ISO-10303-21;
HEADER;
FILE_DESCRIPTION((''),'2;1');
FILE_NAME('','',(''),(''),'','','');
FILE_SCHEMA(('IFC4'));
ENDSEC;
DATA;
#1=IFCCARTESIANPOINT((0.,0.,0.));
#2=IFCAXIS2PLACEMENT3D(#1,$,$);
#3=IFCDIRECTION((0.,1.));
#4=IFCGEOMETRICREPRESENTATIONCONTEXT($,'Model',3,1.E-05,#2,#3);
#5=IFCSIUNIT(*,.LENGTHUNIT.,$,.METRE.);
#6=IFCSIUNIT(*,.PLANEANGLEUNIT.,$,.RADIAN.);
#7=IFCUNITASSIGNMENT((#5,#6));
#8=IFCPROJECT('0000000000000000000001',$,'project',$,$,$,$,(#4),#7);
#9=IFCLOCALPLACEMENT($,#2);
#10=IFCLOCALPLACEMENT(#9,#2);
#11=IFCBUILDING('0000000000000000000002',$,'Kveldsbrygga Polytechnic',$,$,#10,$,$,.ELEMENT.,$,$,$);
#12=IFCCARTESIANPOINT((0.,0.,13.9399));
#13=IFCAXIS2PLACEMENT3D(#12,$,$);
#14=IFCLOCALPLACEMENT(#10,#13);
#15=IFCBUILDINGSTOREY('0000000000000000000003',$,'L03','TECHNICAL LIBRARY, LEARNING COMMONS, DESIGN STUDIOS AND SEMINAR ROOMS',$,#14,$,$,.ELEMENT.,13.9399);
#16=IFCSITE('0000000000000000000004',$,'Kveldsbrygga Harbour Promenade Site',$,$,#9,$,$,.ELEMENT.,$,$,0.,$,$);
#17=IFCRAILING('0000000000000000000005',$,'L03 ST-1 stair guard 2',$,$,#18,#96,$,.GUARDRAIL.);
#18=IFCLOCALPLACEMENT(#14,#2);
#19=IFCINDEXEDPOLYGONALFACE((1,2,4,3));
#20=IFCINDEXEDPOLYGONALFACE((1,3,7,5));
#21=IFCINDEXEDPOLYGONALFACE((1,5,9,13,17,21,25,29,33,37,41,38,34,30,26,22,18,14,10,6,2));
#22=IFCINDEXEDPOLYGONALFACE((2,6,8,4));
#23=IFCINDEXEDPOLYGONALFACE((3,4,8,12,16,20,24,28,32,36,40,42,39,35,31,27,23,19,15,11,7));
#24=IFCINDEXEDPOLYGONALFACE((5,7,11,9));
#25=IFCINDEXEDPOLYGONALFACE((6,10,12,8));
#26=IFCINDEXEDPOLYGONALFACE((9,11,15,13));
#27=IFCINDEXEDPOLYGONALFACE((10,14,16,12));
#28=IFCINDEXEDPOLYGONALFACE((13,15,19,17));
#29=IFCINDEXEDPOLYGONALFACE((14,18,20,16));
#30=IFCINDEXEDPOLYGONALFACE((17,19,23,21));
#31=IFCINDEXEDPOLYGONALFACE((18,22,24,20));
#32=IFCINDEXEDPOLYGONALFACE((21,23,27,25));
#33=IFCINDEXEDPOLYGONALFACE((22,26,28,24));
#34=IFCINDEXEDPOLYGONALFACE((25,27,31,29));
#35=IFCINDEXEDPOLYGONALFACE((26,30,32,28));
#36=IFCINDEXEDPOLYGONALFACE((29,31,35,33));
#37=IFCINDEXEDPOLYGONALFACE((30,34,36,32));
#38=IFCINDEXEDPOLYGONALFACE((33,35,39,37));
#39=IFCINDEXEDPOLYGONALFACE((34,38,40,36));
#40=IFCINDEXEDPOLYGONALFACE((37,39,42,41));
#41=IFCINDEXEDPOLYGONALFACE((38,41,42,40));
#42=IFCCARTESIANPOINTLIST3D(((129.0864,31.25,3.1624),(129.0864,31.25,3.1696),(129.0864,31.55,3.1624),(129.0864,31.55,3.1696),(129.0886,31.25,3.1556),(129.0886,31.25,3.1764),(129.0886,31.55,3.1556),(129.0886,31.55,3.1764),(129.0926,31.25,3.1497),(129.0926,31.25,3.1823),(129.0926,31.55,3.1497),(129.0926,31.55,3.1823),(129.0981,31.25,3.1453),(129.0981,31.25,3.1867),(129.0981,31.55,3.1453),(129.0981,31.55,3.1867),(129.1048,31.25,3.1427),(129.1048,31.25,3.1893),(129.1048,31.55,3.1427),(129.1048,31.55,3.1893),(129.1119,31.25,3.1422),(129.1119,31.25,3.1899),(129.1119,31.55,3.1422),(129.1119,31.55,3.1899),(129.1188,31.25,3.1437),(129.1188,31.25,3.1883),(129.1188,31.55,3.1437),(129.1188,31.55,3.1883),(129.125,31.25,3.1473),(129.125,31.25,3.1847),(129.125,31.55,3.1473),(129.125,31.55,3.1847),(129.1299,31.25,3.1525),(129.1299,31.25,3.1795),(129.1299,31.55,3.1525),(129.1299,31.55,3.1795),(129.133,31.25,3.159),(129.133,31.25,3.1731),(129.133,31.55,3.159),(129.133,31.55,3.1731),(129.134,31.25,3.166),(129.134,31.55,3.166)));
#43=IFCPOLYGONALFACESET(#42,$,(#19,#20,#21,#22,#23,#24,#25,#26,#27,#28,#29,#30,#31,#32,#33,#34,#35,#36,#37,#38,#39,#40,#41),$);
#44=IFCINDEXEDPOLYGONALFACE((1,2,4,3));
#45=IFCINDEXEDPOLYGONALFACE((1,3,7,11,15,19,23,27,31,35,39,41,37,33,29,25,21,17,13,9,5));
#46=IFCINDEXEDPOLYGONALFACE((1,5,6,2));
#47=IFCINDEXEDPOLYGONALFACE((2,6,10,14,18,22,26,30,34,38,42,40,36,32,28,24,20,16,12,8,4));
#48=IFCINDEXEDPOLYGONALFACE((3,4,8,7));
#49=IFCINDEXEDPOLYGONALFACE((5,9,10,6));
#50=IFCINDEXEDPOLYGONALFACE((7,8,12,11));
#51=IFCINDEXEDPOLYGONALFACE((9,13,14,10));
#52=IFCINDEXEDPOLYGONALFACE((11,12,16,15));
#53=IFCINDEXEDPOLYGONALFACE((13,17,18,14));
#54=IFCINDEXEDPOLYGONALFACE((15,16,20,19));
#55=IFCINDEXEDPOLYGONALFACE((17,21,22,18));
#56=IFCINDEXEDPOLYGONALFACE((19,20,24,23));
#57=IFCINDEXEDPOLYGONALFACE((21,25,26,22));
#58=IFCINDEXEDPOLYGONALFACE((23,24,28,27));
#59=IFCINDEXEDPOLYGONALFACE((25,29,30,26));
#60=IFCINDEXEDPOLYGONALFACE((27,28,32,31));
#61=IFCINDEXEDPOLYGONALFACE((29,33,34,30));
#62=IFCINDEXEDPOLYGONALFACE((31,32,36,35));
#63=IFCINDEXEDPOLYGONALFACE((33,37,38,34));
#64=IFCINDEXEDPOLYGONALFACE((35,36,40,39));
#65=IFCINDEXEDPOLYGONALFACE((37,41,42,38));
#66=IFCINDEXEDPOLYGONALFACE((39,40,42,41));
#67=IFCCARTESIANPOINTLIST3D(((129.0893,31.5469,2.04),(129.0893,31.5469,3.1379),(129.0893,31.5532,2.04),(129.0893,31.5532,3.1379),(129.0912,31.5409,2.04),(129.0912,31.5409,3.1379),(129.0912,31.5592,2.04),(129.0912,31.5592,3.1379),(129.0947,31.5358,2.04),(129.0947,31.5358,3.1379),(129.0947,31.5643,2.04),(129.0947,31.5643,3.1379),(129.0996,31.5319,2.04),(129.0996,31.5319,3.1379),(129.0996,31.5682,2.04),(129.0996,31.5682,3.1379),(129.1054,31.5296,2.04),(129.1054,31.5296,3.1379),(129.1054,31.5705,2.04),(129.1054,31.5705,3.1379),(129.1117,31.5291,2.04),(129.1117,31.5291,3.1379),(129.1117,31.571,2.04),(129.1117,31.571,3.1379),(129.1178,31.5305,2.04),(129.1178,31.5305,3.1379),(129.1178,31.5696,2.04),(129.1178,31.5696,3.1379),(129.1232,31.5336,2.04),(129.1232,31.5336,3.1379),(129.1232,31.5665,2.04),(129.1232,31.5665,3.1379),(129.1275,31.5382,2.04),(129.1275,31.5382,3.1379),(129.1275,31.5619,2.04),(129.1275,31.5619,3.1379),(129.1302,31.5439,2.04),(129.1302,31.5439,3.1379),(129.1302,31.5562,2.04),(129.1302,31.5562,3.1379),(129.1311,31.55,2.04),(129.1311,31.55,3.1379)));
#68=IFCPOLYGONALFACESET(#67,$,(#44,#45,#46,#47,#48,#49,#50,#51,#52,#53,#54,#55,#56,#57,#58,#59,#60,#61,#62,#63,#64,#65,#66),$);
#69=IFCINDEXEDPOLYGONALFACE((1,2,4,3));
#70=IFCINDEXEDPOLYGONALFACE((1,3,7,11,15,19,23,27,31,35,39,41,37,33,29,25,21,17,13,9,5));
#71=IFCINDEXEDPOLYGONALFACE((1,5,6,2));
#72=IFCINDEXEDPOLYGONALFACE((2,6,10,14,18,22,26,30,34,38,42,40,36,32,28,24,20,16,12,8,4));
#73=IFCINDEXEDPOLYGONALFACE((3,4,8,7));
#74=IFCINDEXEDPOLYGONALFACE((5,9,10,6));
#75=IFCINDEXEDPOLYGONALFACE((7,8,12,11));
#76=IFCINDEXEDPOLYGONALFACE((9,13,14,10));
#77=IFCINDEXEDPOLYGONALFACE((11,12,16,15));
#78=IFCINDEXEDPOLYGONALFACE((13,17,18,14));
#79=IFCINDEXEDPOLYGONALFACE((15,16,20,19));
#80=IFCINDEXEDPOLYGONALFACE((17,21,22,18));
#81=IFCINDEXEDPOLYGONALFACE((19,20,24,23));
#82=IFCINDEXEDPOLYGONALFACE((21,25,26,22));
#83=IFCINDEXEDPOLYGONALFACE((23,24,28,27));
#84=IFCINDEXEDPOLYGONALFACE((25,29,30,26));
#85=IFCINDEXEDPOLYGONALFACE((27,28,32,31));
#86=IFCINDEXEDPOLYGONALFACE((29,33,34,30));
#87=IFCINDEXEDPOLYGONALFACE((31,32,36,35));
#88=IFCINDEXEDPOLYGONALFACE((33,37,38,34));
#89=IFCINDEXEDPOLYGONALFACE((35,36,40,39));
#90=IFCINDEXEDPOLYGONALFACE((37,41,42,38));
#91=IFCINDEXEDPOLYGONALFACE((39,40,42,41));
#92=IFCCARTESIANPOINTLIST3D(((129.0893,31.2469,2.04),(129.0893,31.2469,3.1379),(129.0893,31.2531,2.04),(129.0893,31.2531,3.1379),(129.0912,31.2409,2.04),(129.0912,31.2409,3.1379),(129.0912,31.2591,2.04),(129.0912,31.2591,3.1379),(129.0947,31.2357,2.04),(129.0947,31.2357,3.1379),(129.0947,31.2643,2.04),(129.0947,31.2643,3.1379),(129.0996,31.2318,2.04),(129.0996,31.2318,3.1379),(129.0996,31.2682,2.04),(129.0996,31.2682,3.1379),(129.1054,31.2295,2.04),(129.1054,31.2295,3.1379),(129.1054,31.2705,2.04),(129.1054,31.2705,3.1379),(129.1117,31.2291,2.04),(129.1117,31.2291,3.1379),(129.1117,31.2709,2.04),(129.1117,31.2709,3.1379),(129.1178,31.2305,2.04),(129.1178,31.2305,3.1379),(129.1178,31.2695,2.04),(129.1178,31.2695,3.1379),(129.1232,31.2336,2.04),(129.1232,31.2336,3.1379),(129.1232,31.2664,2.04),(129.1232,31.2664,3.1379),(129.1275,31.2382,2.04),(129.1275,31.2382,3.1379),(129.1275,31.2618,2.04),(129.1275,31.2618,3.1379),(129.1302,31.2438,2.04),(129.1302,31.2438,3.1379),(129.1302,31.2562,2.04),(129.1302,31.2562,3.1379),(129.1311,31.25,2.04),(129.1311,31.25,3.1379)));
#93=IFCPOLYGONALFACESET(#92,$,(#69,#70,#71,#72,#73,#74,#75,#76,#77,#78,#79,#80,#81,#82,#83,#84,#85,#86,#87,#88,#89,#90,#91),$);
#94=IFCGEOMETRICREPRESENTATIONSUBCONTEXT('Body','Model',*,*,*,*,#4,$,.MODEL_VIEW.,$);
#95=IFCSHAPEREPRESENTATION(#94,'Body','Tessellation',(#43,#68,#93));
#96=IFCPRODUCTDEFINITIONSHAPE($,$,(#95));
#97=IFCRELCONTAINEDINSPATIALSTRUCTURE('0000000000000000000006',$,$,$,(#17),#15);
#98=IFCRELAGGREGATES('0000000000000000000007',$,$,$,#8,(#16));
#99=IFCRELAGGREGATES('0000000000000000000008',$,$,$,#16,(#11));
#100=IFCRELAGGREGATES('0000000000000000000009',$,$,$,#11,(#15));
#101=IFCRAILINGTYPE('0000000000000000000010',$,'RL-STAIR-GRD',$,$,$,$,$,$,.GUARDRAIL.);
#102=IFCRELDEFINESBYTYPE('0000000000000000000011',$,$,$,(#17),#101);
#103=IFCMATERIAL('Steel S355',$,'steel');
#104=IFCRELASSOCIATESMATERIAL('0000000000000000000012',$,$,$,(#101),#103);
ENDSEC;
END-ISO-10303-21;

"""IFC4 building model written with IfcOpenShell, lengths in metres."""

from ifc_helpers import new_model, si_unit, direction, frame, origin, origin_2d, place, context, subcontext, project, spatial, circle, extrude, material, type_object, element, save


model = new_model("IFC4")

# Units and contexts
model_context = context("Model", 3, precision=1e-05, world=origin(), true_north=direction((0.0, 1.0)))
body_context = subcontext(model_context, "Body", "Model", "MODEL_VIEW")
ifc_project = project(units=[si_unit("LENGTHUNIT", "METRE"), si_unit("PLANEANGLEUNIT", "RADIAN")], contexts=[model_context])

# Site, building, storey
site_placement = place(None, origin())
site = spatial("IfcSite", under=ifc_project, at=site_placement, Name="Kveldsbrygga Harbour Promenade Site", CompositionType="ELEMENT", RefElevation=0.0)
building_placement = place(site_placement, origin())
building = spatial("IfcBuilding", under=site, at=building_placement, Name="Kveldsbrygga Polytechnic", CompositionType="ELEMENT")
storey_placement = place(building_placement, frame((0.0, 0.0, 13.9399)))
storey = spatial("IfcBuildingStorey", under=building, at=storey_placement, Name="L03", Description="TECHNICAL LIBRARY, LEARNING COMMONS, DESIGN STUDIOS AND SEMINAR ROOMS", CompositionType="ELEMENT", Elevation=13.9399)

# Railing
ifc_material_1 = material(Name="Steel S355", Category="steel")
railing_type_1 = type_object("IfcRailingType", Name="RL-STAIR-GRD", PredefinedType="GUARDRAIL", material=ifc_material_1)
railing_1_placement = place(storey_placement, frame((129.1101, 31.55, 2.04)))
element("IfcRailing", 1, at=railing_1_placement, inside=storey, type_object=railing_type_1, Name="L03 ST-1 stair guard 2", PredefinedType="GUARDRAIL", context=body_context, shape_type="SweptSolid", body=[
    extrude(circle(Radius=0.0239, at=origin_2d()), frame((0.0, 0.0, 1.126), z_axis=(0.0, -1.0, 0.0), x_axis=(1.0, 0.0, 0.0)), (0.0, 0.0, 1.0), 0.3),
    extrude(circle(Radius=0.021, at=origin_2d()), origin(), (0.0, 0.0, 1.0), 1.0979),
    extrude(circle(Radius=0.021, at=origin_2d()), frame((0.0, -0.3, 0.0)), (0.0, 0.0, 1.0), 1.0979),
])

save(model, "model.ifc")
